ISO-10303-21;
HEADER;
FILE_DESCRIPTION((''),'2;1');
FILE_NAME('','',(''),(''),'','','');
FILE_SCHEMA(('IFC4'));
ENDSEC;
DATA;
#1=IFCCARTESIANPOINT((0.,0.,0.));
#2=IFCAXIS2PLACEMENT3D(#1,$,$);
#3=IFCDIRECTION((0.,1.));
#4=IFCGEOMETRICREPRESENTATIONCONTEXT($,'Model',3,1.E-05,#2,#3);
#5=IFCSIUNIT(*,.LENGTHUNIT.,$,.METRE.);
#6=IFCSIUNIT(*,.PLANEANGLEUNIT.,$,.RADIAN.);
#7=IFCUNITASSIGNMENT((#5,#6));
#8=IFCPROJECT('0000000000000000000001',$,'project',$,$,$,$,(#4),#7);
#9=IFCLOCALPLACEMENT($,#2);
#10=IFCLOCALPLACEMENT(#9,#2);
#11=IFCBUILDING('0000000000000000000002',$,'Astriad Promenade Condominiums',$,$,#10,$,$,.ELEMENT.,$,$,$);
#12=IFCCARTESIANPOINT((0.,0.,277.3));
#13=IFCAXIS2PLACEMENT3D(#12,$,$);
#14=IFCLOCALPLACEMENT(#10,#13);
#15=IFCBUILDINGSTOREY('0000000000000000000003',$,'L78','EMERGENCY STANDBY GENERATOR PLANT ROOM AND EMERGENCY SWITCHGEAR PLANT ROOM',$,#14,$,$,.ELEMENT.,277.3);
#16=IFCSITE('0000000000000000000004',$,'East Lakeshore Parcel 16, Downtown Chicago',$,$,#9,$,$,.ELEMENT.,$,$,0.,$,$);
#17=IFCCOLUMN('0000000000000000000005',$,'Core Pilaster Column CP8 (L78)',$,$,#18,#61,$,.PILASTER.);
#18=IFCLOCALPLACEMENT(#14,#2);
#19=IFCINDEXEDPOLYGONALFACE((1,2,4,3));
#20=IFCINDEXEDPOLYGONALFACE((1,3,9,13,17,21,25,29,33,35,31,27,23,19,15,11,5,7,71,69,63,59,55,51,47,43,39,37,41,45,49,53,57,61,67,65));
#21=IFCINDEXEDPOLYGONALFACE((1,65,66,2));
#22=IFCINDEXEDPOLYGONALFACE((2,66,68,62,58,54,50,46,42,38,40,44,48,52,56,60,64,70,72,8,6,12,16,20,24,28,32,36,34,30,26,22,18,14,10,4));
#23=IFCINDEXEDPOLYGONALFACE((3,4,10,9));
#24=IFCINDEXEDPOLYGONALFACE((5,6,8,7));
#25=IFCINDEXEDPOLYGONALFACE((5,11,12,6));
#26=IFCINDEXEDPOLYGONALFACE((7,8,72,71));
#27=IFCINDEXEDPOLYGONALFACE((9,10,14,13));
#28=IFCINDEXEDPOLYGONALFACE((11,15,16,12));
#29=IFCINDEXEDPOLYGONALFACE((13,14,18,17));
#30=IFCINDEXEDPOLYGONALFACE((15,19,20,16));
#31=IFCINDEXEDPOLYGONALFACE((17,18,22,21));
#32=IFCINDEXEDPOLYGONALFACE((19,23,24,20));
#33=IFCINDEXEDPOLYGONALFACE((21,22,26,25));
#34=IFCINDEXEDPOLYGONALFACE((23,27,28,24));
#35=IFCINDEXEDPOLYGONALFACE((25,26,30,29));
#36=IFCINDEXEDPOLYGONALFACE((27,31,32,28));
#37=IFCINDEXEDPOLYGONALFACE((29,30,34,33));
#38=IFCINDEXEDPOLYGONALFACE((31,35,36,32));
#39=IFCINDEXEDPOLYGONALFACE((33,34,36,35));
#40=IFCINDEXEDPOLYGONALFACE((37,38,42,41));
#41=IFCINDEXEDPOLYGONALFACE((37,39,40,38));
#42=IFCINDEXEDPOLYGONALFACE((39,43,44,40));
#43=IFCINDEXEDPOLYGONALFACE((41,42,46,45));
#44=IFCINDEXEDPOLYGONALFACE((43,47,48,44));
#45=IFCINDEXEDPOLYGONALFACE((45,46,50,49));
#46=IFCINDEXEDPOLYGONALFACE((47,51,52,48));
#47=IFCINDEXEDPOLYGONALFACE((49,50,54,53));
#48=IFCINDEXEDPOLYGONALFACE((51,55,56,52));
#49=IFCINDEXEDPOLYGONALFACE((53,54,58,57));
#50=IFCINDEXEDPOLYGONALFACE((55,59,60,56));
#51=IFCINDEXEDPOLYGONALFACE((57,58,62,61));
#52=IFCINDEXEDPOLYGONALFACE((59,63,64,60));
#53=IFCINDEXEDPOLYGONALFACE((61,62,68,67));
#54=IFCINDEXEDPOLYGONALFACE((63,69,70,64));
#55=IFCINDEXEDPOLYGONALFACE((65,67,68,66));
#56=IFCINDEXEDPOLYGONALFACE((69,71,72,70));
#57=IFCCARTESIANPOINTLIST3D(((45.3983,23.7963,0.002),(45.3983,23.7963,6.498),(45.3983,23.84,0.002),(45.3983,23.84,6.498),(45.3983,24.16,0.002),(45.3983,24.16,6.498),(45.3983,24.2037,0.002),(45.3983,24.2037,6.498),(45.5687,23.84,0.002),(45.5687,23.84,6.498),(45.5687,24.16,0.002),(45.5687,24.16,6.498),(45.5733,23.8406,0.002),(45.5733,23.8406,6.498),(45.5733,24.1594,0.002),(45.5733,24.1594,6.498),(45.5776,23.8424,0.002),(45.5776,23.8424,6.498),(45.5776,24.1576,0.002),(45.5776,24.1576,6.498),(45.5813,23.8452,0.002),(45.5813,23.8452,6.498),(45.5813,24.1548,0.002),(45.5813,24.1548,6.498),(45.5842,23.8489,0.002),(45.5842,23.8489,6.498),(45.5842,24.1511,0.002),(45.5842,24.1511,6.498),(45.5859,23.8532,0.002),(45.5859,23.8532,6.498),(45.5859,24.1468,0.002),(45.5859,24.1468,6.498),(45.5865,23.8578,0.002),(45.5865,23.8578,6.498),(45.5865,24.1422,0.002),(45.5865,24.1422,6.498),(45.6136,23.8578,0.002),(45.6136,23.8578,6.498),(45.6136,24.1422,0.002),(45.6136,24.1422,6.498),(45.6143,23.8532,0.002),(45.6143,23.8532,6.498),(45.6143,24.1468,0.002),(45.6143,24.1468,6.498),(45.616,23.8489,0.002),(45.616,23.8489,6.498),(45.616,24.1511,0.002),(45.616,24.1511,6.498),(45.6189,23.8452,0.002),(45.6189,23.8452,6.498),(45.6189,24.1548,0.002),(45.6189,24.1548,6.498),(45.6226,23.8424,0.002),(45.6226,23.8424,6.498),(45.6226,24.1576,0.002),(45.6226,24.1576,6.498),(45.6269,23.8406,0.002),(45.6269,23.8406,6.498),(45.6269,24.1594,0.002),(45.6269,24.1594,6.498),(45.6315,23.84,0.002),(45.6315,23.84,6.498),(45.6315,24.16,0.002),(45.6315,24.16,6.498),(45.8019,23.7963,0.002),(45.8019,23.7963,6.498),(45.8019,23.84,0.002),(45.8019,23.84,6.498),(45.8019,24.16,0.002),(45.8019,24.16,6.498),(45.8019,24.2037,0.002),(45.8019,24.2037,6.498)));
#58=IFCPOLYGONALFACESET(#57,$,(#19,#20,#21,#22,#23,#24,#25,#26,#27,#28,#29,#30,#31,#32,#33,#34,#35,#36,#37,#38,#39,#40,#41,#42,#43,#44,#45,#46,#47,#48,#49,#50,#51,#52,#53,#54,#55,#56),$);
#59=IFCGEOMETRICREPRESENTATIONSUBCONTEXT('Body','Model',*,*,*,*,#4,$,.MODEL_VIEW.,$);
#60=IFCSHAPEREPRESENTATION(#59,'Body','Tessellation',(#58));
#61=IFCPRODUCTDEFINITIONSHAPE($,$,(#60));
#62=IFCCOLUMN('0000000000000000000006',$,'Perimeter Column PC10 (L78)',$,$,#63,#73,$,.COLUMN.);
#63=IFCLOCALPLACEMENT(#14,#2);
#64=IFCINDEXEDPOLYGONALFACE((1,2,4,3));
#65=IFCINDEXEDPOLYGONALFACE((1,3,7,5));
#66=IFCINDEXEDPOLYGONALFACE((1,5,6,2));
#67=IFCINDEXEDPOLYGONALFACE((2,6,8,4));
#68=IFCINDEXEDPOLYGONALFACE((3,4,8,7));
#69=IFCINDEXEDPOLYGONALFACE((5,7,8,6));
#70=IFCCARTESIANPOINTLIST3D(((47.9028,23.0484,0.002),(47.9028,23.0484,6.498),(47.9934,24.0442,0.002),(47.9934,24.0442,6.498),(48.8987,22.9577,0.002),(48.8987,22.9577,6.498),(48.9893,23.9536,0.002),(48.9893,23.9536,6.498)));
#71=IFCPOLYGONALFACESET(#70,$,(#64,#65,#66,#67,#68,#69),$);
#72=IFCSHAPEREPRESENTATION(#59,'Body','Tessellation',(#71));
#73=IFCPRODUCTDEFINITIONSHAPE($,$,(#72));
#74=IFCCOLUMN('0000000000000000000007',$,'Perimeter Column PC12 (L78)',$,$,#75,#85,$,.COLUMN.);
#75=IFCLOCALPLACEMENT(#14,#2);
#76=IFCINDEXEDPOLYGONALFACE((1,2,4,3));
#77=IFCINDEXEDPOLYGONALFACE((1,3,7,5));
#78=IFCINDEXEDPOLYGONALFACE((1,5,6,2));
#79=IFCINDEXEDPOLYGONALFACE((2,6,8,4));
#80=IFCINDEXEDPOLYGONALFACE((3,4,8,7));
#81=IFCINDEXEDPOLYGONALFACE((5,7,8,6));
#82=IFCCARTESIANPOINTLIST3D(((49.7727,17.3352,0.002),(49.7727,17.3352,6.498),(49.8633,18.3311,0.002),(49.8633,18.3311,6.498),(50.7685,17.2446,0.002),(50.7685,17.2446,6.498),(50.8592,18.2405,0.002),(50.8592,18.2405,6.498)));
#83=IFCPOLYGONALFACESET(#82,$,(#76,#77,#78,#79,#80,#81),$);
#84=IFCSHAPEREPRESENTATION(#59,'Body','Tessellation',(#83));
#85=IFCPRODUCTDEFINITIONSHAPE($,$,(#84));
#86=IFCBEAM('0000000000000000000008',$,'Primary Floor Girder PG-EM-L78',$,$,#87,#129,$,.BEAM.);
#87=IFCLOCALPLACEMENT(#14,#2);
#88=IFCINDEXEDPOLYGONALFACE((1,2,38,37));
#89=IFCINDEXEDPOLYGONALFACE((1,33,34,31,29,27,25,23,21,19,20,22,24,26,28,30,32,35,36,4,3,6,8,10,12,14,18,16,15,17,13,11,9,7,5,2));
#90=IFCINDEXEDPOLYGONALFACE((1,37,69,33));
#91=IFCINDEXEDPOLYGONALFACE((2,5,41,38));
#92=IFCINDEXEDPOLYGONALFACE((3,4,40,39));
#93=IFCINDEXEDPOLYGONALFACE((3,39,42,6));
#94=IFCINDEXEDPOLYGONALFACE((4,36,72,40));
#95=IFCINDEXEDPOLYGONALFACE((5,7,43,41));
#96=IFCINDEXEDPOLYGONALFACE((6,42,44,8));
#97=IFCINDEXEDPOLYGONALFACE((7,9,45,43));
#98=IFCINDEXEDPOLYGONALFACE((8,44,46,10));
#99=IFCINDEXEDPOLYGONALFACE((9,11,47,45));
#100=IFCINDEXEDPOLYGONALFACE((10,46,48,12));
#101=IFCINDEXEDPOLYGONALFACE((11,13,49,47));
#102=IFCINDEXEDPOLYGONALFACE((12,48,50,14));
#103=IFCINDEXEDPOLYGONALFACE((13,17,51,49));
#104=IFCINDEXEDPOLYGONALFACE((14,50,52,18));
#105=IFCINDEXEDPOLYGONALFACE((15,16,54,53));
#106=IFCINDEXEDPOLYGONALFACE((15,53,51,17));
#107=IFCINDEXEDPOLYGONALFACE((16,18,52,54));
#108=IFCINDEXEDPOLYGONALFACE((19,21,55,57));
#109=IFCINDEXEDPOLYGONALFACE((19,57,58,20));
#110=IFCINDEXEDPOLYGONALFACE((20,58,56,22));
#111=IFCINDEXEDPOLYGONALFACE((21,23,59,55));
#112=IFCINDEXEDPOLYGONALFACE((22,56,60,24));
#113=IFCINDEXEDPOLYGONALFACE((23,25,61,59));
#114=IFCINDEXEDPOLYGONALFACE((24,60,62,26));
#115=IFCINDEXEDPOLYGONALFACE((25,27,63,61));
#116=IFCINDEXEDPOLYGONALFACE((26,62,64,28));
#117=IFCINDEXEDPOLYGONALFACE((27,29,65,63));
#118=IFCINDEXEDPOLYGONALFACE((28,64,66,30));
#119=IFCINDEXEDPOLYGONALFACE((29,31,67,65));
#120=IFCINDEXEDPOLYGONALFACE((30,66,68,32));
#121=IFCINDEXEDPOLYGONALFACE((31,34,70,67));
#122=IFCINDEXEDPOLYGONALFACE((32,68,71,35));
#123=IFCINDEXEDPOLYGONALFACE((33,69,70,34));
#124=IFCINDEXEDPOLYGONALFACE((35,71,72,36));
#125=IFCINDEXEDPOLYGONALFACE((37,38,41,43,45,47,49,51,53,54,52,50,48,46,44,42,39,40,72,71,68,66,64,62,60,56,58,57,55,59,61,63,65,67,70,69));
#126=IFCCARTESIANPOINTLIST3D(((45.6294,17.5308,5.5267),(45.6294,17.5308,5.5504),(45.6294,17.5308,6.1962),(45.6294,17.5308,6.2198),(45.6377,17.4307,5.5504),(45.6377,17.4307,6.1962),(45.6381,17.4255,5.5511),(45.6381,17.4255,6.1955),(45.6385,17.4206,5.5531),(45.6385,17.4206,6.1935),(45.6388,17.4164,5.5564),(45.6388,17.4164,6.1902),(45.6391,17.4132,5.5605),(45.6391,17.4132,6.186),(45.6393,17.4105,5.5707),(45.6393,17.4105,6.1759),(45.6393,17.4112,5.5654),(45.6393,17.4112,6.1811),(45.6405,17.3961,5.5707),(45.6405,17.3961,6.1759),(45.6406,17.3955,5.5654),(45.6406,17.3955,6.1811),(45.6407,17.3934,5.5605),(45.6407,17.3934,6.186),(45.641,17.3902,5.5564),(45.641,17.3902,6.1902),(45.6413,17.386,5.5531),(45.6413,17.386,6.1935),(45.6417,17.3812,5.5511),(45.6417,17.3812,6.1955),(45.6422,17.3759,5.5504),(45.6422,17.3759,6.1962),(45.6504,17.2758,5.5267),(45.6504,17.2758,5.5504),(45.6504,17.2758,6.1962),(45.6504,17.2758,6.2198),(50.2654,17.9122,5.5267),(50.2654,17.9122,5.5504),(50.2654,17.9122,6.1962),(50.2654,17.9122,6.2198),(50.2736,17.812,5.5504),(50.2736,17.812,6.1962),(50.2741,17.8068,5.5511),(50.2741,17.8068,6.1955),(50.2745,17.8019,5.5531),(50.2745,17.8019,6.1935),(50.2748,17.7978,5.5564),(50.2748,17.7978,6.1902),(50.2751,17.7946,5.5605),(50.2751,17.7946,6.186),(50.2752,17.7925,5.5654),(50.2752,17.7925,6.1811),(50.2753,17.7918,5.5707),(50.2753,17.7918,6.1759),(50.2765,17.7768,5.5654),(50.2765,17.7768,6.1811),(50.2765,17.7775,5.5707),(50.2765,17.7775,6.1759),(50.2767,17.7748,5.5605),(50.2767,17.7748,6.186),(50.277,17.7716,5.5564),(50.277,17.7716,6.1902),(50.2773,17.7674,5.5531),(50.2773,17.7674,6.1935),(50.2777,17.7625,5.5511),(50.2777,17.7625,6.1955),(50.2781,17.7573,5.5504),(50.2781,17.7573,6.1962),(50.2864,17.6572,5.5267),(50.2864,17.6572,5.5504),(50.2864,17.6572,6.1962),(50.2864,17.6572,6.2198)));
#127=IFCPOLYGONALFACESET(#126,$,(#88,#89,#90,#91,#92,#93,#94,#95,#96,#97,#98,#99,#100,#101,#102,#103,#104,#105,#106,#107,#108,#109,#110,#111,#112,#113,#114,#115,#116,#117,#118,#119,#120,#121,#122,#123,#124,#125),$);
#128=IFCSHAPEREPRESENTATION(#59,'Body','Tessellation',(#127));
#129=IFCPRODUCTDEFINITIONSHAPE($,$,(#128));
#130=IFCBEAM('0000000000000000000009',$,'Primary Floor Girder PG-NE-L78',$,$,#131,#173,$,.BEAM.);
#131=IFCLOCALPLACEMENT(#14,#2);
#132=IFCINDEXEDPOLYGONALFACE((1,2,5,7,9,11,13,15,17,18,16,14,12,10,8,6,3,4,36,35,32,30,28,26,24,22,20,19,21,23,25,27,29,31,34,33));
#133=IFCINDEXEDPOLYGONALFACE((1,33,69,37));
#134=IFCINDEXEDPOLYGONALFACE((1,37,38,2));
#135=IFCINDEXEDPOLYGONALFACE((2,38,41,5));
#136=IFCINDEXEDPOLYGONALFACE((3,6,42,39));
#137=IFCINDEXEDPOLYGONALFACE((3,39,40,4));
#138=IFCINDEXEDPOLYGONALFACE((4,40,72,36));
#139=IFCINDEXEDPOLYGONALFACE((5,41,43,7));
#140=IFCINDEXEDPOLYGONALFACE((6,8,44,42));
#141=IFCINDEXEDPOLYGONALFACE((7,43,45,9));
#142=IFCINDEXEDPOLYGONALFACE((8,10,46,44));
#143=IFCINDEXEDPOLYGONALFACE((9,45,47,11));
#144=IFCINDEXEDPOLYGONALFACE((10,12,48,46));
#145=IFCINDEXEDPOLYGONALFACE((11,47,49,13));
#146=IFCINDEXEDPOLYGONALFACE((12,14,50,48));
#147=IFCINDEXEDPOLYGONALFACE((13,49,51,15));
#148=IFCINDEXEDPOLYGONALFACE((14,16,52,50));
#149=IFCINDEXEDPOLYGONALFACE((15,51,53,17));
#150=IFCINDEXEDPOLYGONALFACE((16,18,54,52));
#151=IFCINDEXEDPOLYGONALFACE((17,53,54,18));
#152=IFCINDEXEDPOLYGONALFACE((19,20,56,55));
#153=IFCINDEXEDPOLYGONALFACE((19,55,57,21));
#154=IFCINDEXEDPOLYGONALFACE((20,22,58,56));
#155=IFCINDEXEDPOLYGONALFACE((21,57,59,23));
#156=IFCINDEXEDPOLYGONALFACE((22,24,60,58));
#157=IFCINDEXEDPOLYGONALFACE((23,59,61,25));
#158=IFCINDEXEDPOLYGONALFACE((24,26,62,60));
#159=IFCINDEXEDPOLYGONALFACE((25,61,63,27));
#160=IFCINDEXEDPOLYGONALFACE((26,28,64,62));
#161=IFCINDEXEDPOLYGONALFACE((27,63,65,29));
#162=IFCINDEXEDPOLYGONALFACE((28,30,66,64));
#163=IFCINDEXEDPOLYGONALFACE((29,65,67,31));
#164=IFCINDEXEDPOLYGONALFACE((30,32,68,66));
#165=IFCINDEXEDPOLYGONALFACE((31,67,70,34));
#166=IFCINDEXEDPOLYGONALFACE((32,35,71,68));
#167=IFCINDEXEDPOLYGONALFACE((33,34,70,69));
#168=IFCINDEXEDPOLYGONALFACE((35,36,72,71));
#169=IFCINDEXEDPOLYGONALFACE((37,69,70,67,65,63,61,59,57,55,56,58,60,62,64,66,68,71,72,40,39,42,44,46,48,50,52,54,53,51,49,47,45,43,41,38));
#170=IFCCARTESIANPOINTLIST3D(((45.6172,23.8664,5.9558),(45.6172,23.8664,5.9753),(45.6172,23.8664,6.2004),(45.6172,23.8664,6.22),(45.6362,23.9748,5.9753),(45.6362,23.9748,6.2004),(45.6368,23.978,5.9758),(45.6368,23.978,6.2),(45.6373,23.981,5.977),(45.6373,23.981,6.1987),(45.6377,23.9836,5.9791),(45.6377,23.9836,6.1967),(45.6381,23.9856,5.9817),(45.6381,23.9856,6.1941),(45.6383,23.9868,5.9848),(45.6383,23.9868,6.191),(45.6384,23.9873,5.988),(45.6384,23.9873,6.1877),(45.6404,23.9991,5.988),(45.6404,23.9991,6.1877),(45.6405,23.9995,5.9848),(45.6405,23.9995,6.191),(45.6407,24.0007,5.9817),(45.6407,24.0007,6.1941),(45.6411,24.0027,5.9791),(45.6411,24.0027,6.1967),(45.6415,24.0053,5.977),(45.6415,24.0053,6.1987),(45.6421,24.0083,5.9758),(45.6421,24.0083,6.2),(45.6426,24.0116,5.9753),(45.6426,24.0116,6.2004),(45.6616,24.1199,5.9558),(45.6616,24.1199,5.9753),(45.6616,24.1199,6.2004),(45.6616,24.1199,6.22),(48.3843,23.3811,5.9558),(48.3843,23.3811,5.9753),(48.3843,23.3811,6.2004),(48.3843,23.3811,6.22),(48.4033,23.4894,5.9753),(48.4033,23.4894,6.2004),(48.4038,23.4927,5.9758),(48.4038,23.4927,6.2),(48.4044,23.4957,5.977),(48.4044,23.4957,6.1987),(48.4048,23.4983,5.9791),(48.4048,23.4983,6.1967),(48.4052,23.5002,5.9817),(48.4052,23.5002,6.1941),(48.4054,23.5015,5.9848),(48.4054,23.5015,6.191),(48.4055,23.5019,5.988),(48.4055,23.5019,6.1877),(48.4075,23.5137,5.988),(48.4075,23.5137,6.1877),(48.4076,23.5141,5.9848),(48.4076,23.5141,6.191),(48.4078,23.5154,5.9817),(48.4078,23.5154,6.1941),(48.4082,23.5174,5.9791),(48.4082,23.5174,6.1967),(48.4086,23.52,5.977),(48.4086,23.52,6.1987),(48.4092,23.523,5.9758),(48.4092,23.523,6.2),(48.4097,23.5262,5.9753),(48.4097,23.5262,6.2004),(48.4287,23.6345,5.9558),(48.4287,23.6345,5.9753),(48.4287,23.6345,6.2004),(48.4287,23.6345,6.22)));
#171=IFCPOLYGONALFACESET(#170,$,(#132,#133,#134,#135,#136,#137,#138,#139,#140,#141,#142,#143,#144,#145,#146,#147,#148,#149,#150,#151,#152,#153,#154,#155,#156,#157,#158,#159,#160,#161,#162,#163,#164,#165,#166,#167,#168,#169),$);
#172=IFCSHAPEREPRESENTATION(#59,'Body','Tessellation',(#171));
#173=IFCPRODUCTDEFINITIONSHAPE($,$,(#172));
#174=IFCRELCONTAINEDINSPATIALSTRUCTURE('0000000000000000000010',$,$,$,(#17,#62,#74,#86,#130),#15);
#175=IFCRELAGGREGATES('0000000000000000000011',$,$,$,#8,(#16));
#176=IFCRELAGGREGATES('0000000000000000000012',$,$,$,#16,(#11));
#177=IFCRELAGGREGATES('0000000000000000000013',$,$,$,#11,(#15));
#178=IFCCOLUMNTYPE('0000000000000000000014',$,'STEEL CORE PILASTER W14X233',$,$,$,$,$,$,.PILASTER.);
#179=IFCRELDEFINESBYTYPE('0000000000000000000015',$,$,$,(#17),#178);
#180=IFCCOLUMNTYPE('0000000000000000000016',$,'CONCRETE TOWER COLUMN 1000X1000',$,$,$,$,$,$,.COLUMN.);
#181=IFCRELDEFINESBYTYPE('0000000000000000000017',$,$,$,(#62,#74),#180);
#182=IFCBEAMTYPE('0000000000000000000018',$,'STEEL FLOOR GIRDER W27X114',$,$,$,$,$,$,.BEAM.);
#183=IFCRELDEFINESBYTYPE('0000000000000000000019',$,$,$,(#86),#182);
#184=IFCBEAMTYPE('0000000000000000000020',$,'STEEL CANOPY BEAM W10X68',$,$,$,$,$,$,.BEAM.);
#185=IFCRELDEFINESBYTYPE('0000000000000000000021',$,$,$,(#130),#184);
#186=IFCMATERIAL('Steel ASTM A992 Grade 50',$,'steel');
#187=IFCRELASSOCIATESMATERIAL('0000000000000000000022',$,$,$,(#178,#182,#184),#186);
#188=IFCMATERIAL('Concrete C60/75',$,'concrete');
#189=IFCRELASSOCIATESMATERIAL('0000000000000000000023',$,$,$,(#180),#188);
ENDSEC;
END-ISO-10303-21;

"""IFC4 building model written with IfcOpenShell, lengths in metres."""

from ifc_helpers import new_model, si_unit, direction, frame, origin, origin_2d, place, context, subcontext, project, spatial, rectangle, i_section, extrude, source, transform, mapped, material, material_profile, profile_set, type_object, type_shapes, element, save


model = new_model("IFC4")

# Units and contexts
model_context = context("Model", 3, precision=1e-05, world=origin(), true_north=direction((0.0, 1.0)))
body_context = subcontext(model_context, "Body", "Model", "MODEL_VIEW")
ifc_project = project(units=[si_unit("LENGTHUNIT", "METRE"), si_unit("PLANEANGLEUNIT", "RADIAN")], contexts=[model_context])

# Site, building, storey
site_placement = place(None, origin())
site = spatial("IfcSite", under=ifc_project, at=site_placement, Name="East Lakeshore Parcel 16, Downtown Chicago", CompositionType="ELEMENT", RefElevation=0.0)
building_placement = place(site_placement, origin())
building = spatial("IfcBuilding", under=site, at=building_placement, Name="Astriad Promenade Condominiums", CompositionType="ELEMENT")
storey_placement = place(building_placement, frame((0.0, 0.0, 277.3)))
storey = spatial("IfcBuildingStorey", under=building, at=storey_placement, Name="L78", Description="EMERGENCY STANDBY GENERATOR PLANT ROOM AND EMERGENCY SWITCHGEAR PLANT ROOM", CompositionType="ELEMENT", Elevation=277.3)

# Columns
ifc_material_1 = material(Name="Steel ASTM A992 Grade 50", Category="steel")
ifc_material_profile_1 = material_profile(ifc_material_1, i_section(OverallWidth=0.4036, OverallDepth=0.4075, WebThickness=0.0271, FlangeThickness=0.0437, FilletRadius=0.0178, at=origin_2d()), Name="W14X233")
ifc_profile_set_1 = profile_set([ifc_material_profile_1], Name="Steel ASTM A992 Grade 50")
column_type_1 = type_object("IfcColumnType", Name="STEEL CORE PILASTER W14X233", PredefinedType="PILASTER", material=ifc_profile_set_1)
shared_shape_1 = source(origin(), body_context, "Body", "SweptSolid", [
    extrude(i_section(OverallWidth=0.4036, OverallDepth=0.4075, WebThickness=0.0271, FlangeThickness=0.0437, FilletRadius=0.0178, at=origin_2d()), origin(), (0.0, 0.0, 1.0), 6.4961),
])
type_shapes(column_type_1, [shared_shape_1])
column_placement = place(storey_placement, frame((45.6001, 24.0, 0.002), z_axis=(0.0, 0.0, 1.0), x_axis=(1.0, 0.0, 0.0)))
element("IfcColumn", 1, at=column_placement, inside=storey, type_object=column_type_1, Name="Core Pilaster Column CP8 (L78)", PredefinedType="PILASTER", context=body_context, shape_type="MappedRepresentation", body=[
    mapped(shared_shape_1, transform((0.0, 0.0, 0.0), scale=1.0)),
])
ifc_material_2 = material(Name="Concrete C60/75", Category="concrete")
ifc_material_profile_2 = material_profile(ifc_material_2, rectangle(XDim=1.0, YDim=1.0, at=origin_2d()), Name="RC-COL-1000X1000")
ifc_profile_set_2 = profile_set([ifc_material_profile_2], Name="Concrete C60/75")
column_type_2 = type_object("IfcColumnType", Name="CONCRETE TOWER COLUMN 1000X1000", PredefinedType="COLUMN", material=ifc_profile_set_2)
shared_shape_2 = source(origin(), body_context, "Body", "SweptSolid", [
    extrude(rectangle(XDim=1.0, YDim=1.0, at=origin_2d()), origin(), (0.0, 0.0, 1.0), 6.4961),
])
type_shapes(column_type_2, [shared_shape_2])
for number, where, z_axis, x_axis, name in (
    (2, (48.446, 23.501, 0.002), (0.0, 0.0, 1.0), (0.995884, -0.090633, 0.0), "Perimeter Column PC10 (L78)"),
    (3, (50.3159, 17.7878, 0.002), (0.0, 0.0, 1.0), (0.995884, -0.090633, 0.0), "Perimeter Column PC12 (L78)"),
):
    element("IfcColumn", number, at=place(storey_placement, frame(where, z_axis=z_axis, x_axis=x_axis)), inside=storey, type_object=column_type_2, Name=name, PredefinedType="COLUMN", context=body_context, shape_type="MappedRepresentation", body=[
        mapped(shared_shape_2, transform((0.0, 0.0, 0.0), scale=1.0)),
    ])

# Beams
ifc_material_profile_3 = material_profile(ifc_material_1, i_section(OverallWidth=0.2559, OverallDepth=0.6931, WebThickness=0.0144, FlangeThickness=0.0237, FilletRadius=0.0203, at=origin_2d()), Name="W27X114")
ifc_profile_set_3 = profile_set([ifc_material_profile_3], Name="Steel ASTM A992 Grade 50")
beam_type_1 = type_object("IfcBeamType", Name="STEEL FLOOR GIRDER W27X114", PredefinedType="BEAM", material=ifc_profile_set_3)
shared_shape_3 = source(origin(), body_context, "Body", "SweptSolid", [
    extrude(i_section(OverallWidth=0.2559, OverallDepth=0.6931, WebThickness=0.0144, FlangeThickness=0.0237, FilletRadius=0.0203, at=origin_2d()), origin(), (0.0, 0.0, 1.0), 4.6516),
])
type_shapes(beam_type_1, [shared_shape_3])
beam_1_placement = place(storey_placement, frame((50.2759, 17.7847, 5.8733), z_axis=(-0.996634, -0.081981, 0.0), x_axis=(0.081981, -0.996634, 0.0)))
element("IfcBeam", 4, at=beam_1_placement, inside=storey, type_object=beam_type_1, Name="Primary Floor Girder PG-EM-L78", PredefinedType="BEAM", context=body_context, shape_type="MappedRepresentation", body=[
    mapped(shared_shape_3, transform((0.0, 0.0, 0.0), scale=1.0)),
])
ifc_material_profile_4 = material_profile(ifc_material_1, i_section(OverallWidth=0.2573, OverallDepth=0.2642, WebThickness=0.012, FlangeThickness=0.0195, FilletRadius=0.0127, at=origin_2d()), Name="W10X68")
ifc_profile_set_4 = profile_set([ifc_material_profile_4], Name="Steel ASTM A992 Grade 50")
beam_type_2 = type_object("IfcBeamType", Name="STEEL CANOPY BEAM W10X68", PredefinedType="BEAM", material=ifc_profile_set_4)
shared_shape_4 = source(origin(), body_context, "Body", "SweptSolid", [
    extrude(i_section(OverallWidth=0.2573, OverallDepth=0.2642, WebThickness=0.012, FlangeThickness=0.0195, FilletRadius=0.0127, at=origin_2d()), origin(), (0.0, 0.0, 1.0), 2.8093),
])
type_shapes(beam_type_2, [shared_shape_4])
beam_2_placement = place(storey_placement, frame((48.4065, 23.5078, 6.0879), z_axis=(-0.984963, 0.172764, 0.0), x_axis=(-0.172764, -0.984963, 0.0)))
element("IfcBeam", 5, at=beam_2_placement, inside=storey, type_object=beam_type_2, Name="Primary Floor Girder PG-NE-L78", PredefinedType="BEAM", context=body_context, shape_type="MappedRepresentation", body=[
    mapped(shared_shape_4, transform((0.0, 0.0, 0.0), scale=1.0)),
])

save(model, "model.ifc")
